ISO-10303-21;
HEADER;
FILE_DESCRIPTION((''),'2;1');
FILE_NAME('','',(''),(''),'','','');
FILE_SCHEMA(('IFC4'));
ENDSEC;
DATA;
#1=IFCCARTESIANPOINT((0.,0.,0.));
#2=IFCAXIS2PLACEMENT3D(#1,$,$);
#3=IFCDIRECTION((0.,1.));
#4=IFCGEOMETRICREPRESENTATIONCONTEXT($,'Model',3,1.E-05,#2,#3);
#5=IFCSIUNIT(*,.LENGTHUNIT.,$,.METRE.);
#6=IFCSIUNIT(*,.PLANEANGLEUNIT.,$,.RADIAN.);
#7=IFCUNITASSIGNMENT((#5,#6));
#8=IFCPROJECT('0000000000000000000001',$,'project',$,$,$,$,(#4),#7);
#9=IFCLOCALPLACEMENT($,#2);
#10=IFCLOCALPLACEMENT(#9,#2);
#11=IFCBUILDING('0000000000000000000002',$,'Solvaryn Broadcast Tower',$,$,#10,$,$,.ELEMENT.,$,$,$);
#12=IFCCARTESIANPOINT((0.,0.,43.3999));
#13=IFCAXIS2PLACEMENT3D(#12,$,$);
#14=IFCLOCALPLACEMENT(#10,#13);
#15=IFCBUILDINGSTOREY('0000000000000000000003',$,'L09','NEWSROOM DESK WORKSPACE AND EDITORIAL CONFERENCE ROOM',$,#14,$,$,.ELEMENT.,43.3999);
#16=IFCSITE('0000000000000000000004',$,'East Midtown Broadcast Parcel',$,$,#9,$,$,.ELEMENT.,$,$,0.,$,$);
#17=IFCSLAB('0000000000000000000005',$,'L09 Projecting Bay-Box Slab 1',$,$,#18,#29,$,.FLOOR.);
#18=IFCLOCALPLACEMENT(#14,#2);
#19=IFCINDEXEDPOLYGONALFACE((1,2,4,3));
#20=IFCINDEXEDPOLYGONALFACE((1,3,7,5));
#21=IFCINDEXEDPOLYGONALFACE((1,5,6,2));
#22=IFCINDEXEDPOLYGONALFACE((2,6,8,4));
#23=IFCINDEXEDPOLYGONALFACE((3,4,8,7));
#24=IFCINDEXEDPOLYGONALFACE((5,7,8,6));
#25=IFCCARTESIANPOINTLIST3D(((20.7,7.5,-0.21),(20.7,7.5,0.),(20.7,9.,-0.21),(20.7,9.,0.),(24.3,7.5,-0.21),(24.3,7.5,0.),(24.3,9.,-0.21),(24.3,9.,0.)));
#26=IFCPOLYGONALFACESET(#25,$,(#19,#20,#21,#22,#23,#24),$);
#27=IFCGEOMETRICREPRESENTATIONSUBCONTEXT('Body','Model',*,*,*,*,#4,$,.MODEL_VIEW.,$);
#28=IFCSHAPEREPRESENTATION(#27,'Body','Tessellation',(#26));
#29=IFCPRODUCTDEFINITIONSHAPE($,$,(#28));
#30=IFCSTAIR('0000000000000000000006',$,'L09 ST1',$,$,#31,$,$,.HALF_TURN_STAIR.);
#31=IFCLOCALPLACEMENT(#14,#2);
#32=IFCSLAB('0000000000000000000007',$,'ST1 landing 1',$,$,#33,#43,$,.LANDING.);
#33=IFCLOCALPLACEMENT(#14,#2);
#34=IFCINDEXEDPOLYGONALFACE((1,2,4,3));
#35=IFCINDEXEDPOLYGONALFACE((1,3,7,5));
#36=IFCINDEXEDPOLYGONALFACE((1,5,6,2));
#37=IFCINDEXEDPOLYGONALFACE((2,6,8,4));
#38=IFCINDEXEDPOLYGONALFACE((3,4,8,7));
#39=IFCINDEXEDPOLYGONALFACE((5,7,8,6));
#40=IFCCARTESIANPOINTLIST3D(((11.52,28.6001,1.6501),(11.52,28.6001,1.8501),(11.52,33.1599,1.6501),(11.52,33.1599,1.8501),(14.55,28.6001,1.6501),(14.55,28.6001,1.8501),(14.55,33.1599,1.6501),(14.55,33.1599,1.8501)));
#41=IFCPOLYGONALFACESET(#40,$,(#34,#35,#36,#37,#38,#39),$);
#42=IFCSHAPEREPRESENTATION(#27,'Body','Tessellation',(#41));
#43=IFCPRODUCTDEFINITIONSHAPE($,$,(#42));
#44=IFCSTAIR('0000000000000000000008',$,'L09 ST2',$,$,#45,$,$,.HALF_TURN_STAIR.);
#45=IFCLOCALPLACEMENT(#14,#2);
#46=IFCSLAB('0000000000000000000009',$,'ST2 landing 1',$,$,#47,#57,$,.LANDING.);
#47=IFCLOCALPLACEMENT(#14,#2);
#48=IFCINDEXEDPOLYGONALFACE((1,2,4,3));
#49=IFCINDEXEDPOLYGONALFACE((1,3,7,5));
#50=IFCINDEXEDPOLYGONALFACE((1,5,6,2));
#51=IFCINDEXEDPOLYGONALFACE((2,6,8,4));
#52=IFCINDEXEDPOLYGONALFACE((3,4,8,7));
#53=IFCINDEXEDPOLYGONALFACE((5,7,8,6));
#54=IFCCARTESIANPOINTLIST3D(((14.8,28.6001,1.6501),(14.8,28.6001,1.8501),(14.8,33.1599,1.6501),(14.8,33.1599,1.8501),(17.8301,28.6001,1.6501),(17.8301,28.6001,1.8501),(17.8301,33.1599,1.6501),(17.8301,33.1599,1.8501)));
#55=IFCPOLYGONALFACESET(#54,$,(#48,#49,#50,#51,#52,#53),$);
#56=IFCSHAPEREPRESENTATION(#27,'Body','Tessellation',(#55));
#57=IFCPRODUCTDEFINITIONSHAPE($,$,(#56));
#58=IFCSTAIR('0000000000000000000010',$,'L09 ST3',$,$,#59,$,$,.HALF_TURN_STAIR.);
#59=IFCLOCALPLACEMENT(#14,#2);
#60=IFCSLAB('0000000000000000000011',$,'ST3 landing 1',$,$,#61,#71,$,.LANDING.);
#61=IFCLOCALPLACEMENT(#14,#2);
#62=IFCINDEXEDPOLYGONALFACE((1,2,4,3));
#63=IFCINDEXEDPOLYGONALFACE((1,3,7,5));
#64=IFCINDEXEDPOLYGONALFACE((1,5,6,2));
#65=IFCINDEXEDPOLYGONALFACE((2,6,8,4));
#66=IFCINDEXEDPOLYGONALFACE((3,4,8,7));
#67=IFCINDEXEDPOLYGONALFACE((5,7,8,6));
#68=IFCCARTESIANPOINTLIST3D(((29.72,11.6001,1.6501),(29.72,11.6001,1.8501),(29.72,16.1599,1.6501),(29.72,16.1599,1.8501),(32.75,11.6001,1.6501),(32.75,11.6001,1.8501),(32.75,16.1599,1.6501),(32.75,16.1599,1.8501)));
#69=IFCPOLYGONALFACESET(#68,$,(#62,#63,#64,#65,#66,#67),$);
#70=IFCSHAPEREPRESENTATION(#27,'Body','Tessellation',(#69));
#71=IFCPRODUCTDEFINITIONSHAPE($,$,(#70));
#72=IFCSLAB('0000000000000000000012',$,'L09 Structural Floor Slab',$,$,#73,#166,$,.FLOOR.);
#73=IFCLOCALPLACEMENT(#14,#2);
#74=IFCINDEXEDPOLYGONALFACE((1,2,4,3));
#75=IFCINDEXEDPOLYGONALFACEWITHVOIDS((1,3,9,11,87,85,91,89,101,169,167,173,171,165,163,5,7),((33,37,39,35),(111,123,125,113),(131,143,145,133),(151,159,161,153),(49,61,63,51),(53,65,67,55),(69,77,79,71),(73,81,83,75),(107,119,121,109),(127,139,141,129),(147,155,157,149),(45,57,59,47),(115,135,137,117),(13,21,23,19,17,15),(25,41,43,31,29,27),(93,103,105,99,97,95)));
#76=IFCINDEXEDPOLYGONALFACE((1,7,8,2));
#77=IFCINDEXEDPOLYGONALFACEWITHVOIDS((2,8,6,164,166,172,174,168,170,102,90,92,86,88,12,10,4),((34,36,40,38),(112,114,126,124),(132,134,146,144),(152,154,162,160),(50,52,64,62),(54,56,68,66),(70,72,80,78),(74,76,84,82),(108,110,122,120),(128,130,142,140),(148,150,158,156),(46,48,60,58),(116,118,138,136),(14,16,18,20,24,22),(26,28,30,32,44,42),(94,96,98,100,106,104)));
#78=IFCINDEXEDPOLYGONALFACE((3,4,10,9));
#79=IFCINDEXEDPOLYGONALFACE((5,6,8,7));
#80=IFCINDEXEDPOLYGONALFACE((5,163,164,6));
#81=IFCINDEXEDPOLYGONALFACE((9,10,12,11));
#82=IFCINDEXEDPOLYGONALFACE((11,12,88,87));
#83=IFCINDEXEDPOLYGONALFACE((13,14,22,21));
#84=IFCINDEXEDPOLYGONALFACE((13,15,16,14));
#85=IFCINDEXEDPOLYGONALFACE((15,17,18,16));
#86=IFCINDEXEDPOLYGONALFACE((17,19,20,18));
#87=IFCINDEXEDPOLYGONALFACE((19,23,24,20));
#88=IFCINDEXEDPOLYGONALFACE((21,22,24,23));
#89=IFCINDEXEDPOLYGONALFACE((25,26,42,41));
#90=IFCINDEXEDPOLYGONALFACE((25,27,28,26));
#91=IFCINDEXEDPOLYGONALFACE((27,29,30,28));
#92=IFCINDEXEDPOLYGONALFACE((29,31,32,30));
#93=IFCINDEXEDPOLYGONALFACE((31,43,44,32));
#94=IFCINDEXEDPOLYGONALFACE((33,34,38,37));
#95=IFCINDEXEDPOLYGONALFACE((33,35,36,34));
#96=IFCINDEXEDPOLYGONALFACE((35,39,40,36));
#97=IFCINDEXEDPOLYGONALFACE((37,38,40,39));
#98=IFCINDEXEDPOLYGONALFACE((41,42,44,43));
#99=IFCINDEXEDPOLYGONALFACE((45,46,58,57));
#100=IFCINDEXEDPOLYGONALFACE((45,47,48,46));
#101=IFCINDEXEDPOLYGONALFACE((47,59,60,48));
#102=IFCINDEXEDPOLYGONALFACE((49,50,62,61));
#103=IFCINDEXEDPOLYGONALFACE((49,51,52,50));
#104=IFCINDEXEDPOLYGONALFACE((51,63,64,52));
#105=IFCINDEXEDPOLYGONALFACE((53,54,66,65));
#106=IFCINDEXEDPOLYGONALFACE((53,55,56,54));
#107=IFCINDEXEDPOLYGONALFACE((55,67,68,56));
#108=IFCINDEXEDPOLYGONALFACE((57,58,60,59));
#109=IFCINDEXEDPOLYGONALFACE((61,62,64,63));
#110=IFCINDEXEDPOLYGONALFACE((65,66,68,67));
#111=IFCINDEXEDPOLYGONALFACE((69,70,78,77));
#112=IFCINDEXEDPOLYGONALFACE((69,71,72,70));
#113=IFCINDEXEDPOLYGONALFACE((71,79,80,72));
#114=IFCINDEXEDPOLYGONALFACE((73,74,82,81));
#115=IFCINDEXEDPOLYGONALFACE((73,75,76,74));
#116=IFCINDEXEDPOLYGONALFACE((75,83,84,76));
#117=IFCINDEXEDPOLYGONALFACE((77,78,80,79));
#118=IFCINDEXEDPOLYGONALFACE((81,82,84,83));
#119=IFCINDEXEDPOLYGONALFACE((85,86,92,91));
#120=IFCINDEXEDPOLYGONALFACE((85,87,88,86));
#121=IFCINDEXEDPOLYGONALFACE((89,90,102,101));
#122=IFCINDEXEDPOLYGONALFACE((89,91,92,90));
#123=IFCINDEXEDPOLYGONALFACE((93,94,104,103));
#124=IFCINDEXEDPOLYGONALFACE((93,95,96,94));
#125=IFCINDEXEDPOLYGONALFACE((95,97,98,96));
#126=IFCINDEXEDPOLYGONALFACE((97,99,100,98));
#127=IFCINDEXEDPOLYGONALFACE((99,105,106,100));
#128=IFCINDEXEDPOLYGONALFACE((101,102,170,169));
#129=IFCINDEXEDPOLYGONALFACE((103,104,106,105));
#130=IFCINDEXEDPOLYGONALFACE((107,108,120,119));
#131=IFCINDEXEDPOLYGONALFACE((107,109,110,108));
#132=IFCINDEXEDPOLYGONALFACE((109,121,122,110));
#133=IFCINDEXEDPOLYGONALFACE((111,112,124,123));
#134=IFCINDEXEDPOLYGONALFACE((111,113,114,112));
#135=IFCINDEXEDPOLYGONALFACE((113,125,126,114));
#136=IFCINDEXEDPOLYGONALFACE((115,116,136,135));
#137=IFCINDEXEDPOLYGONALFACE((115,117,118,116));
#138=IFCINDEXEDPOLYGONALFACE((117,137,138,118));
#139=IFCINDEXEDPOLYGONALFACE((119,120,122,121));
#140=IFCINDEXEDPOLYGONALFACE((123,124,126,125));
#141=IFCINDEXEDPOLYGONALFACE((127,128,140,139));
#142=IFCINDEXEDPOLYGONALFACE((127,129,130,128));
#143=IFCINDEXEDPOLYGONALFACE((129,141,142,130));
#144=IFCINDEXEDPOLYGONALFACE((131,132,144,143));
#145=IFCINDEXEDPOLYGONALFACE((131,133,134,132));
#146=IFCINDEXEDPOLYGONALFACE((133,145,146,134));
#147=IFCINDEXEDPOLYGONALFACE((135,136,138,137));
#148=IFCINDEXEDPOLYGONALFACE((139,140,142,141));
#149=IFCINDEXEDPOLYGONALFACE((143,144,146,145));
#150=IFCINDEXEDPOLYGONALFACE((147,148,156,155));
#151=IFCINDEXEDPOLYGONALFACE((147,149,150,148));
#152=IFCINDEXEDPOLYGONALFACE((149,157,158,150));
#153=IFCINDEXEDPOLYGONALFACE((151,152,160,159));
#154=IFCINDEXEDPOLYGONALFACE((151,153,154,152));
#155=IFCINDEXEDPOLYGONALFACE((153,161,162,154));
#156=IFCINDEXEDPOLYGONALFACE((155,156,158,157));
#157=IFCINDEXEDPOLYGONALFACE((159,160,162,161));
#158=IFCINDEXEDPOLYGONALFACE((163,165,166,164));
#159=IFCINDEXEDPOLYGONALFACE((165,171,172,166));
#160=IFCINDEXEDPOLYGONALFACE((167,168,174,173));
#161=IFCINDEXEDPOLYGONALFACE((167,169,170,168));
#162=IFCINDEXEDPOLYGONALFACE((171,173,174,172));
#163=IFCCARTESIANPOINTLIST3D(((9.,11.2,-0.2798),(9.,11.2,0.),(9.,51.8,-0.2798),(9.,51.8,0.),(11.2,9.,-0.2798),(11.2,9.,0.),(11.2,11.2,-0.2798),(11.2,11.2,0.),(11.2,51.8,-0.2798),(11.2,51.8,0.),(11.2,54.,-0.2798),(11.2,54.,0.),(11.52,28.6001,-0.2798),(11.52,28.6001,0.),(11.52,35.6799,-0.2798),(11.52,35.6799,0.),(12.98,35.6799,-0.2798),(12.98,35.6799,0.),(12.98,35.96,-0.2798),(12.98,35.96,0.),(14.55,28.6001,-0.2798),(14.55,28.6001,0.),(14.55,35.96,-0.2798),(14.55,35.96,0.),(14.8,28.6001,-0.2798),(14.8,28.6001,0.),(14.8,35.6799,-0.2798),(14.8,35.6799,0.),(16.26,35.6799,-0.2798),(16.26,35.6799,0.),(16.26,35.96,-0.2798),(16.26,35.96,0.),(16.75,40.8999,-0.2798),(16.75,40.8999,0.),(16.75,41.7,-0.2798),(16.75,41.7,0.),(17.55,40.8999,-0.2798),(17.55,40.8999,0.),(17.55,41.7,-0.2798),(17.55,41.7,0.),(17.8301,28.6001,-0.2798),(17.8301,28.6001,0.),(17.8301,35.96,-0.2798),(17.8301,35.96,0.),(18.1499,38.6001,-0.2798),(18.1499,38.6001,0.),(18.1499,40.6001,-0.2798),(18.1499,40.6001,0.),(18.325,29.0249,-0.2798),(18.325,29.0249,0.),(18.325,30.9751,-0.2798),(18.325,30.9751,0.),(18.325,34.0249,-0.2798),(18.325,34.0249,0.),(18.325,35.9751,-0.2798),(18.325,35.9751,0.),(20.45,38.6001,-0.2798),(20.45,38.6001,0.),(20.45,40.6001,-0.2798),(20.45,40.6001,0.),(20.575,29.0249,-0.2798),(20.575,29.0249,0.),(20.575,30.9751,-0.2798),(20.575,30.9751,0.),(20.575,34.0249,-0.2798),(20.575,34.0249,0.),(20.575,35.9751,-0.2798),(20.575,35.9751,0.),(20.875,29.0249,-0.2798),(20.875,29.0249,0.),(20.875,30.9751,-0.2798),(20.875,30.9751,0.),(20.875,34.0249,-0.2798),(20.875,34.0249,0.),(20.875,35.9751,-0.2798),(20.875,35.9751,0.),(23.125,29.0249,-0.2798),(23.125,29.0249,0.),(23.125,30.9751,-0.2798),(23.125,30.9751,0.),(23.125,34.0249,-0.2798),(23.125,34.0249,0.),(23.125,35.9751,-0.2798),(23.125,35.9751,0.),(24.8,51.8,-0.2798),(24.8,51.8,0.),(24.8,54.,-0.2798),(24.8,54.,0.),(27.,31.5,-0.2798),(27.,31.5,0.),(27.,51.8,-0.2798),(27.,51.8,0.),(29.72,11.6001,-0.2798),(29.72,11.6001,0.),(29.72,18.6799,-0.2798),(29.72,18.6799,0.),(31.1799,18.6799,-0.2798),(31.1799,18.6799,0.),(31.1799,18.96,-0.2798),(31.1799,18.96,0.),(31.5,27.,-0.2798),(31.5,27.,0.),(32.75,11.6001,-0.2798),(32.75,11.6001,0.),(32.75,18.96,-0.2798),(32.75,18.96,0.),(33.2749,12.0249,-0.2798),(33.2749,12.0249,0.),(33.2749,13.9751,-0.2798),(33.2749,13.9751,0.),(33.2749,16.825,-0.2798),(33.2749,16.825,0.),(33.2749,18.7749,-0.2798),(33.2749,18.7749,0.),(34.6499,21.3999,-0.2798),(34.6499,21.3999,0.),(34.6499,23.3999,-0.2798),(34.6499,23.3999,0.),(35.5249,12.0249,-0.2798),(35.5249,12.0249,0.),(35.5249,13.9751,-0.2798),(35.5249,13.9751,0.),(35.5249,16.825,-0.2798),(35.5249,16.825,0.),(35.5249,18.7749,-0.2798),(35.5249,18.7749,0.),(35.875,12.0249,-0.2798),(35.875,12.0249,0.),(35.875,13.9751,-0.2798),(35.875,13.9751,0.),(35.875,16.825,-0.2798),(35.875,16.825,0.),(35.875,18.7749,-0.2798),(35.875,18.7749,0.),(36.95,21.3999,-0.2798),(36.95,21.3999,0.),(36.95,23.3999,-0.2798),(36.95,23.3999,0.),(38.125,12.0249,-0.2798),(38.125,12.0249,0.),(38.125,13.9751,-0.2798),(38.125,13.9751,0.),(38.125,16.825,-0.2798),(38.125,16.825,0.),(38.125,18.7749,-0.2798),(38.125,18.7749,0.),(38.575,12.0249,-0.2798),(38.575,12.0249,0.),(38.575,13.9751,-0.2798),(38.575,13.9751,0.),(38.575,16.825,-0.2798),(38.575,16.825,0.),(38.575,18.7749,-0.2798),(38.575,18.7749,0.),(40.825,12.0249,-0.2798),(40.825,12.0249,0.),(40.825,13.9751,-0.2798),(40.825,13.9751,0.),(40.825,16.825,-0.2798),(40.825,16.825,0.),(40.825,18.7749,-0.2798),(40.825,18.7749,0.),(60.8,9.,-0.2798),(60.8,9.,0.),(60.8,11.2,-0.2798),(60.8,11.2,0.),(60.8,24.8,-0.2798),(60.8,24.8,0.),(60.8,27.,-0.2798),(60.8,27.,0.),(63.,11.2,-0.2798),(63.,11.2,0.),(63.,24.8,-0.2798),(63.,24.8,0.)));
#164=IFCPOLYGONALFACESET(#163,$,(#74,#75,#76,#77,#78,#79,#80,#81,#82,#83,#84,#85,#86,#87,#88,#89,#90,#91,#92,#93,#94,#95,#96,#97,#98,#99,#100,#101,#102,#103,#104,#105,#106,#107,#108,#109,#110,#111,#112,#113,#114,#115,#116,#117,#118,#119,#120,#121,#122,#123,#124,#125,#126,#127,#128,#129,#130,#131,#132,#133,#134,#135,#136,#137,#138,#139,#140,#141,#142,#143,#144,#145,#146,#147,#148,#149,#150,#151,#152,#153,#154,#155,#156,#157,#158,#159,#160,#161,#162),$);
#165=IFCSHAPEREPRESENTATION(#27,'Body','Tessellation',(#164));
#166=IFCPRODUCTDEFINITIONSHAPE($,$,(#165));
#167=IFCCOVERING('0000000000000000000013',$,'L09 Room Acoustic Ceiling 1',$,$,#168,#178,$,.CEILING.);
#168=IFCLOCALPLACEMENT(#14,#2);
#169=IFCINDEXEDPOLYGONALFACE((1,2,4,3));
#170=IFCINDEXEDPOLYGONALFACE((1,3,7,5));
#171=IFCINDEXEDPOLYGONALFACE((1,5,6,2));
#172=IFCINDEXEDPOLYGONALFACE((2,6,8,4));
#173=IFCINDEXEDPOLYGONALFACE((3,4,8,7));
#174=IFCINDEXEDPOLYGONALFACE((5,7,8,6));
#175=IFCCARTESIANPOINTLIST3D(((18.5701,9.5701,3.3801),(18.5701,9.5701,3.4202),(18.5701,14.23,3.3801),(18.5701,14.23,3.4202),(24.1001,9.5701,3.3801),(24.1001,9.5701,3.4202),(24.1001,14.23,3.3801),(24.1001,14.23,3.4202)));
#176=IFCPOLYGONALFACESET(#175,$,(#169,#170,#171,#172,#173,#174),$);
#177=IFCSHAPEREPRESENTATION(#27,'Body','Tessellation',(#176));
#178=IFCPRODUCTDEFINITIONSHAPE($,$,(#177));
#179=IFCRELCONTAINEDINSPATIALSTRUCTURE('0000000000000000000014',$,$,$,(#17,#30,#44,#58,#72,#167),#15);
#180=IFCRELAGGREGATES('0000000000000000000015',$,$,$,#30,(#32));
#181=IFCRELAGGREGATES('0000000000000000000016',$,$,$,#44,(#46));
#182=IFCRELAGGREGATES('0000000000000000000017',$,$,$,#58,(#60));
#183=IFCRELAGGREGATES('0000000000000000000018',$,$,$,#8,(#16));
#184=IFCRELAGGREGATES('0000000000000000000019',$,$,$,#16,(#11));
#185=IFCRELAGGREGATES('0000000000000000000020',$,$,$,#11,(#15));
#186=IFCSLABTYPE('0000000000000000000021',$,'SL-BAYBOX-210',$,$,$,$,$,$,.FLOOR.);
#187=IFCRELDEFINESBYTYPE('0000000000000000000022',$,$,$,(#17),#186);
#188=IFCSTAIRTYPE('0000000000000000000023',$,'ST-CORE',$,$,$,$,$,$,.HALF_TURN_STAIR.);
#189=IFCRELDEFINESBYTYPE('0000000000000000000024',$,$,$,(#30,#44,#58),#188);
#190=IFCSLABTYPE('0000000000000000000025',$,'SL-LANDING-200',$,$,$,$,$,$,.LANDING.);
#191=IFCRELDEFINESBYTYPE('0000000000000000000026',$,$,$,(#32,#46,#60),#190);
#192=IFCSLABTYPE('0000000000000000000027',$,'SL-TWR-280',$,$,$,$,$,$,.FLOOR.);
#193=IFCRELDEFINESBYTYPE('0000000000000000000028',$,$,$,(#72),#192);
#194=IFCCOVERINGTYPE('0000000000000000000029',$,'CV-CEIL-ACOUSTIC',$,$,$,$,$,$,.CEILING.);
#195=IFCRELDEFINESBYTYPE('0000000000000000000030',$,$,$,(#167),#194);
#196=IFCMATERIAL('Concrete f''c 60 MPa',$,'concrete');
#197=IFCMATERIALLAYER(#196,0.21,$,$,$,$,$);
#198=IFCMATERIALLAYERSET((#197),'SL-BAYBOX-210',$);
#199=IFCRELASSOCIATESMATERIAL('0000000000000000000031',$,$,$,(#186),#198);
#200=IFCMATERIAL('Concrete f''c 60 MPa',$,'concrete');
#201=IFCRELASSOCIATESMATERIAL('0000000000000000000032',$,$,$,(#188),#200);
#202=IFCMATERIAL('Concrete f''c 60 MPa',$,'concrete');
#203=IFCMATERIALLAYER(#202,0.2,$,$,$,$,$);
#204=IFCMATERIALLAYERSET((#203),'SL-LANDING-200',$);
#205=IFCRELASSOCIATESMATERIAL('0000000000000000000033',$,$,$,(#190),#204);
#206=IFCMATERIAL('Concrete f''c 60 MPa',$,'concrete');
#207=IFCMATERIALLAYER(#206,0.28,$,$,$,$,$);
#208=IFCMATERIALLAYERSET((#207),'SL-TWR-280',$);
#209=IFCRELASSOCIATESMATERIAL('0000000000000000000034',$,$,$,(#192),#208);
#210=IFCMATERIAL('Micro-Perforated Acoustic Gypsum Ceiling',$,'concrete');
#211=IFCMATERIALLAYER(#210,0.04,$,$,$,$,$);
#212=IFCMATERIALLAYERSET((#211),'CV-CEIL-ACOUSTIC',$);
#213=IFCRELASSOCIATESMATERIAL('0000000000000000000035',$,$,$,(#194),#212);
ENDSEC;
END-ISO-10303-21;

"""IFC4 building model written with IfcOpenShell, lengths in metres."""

from ifc_helpers import new_model, si_unit, direction, frame, origin, place, context, subcontext, project, spatial, polyline, outline, extrude, material, layer, layer_set, type_object, element, aggregate, save


model = new_model("IFC4")

# Units and contexts
model_context = context("Model", 3, precision=1e-05, world=origin(), true_north=direction((0.0, 1.0)))
body_context = subcontext(model_context, "Body", "Model", "MODEL_VIEW")
ifc_project = project(units=[si_unit("LENGTHUNIT", "METRE"), si_unit("PLANEANGLEUNIT", "RADIAN")], contexts=[model_context])

# Site, building, storey
site_placement = place(None, origin())
site = spatial("IfcSite", under=ifc_project, at=site_placement, Name="East Midtown Broadcast Parcel", CompositionType="ELEMENT", RefElevation=0.0)
building_placement = place(site_placement, origin())
building = spatial("IfcBuilding", under=site, at=building_placement, Name="Solvaryn Broadcast Tower", CompositionType="ELEMENT")
storey_placement = place(building_placement, frame((0.0, 0.0, 43.3999)))
storey = spatial("IfcBuildingStorey", under=building, at=storey_placement, Name="L09", Description="NEWSROOM DESK WORKSPACE AND EDITORIAL CONFERENCE ROOM", CompositionType="ELEMENT", Elevation=43.3999)

# Slab
ifc_material_1 = material(Name="Concrete f'c 60 MPa", Category="concrete")
ifc_layer_1 = layer(ifc_material_1, 0.21)
ifc_layer_set_1 = layer_set([ifc_layer_1], Name="SL-BAYBOX-210")
slab_type_1 = type_object("IfcSlabType", Name="SL-BAYBOX-210", PredefinedType="FLOOR", material=ifc_layer_set_1)
slab_1_placement = place(storey_placement, frame((0.0, 0.0, -0.21)))
element("IfcSlab", 1, at=slab_1_placement, inside=storey, type_object=slab_type_1, Name="L09 Projecting Bay-Box Slab 1", PredefinedType="FLOOR", context=body_context, shape_type="SweptSolid", body=[
    extrude(outline(polyline([(20.7, 7.5), (24.3, 7.5), (24.3, 9.0), (20.7, 9.0), (20.7, 7.5)])), origin(), (0.0, 0.0, 1.0), 0.21),
])

# Stairs, slabs
ifc_material_2 = material(Name="Concrete f'c 60 MPa", Category="concrete")
stair_type = type_object("IfcStairType", Name="ST-CORE", PredefinedType="HALF_TURN_STAIR", material=ifc_material_2)
stair_1_placement = place(storey_placement, origin())
stair_1 = element("IfcStair", 2, at=stair_1_placement, inside=storey, type_object=stair_type, Name="L09 ST1", PredefinedType="HALF_TURN_STAIR")
ifc_material_3 = material(Name="Concrete f'c 60 MPa", Category="concrete")
ifc_layer_2 = layer(ifc_material_3, 0.2)
ifc_layer_set_2 = layer_set([ifc_layer_2], Name="SL-LANDING-200")
slab_type_2 = type_object("IfcSlabType", Name="SL-LANDING-200", PredefinedType="LANDING", material=ifc_layer_set_2)
slab_2_placement = place(storey_placement, frame((0.0, 0.0, 1.6501)))
slab_2 = element("IfcSlab", 3, at=slab_2_placement, type_object=slab_type_2, Name="ST1 landing 1", PredefinedType="LANDING", context=body_context, shape_type="SweptSolid", body=[
    extrude(outline(polyline([(11.52, 33.1599), (11.52, 28.6001), (14.55, 28.6001), (14.55, 33.1599), (11.52, 33.1599)])), origin(), (0.0, 0.0, 1.0), 0.2),
])
aggregate(stair_1, [slab_2])
stair_2_placement = place(storey_placement, origin())
stair_2 = element("IfcStair", 4, at=stair_2_placement, inside=storey, type_object=stair_type, Name="L09 ST2", PredefinedType="HALF_TURN_STAIR")
slab_3_placement = place(storey_placement, frame((0.0, 0.0, 1.6501)))
slab_3 = element("IfcSlab", 5, at=slab_3_placement, type_object=slab_type_2, Name="ST2 landing 1", PredefinedType="LANDING", context=body_context, shape_type="SweptSolid", body=[
    extrude(outline(polyline([(14.8, 33.1599), (14.8, 28.6001), (17.8301, 28.6001), (17.8301, 33.1599), (14.8, 33.1599)])), origin(), (0.0, 0.0, 1.0), 0.2),
])
aggregate(stair_2, [slab_3])
stair_3_placement = place(storey_placement, origin())
stair_3 = element("IfcStair", 6, at=stair_3_placement, inside=storey, type_object=stair_type, Name="L09 ST3", PredefinedType="HALF_TURN_STAIR")
slab_4_placement = place(storey_placement, frame((0.0, 0.0, 1.6501)))
slab_4 = element("IfcSlab", 7, at=slab_4_placement, type_object=slab_type_2, Name="ST3 landing 1", PredefinedType="LANDING", context=body_context, shape_type="SweptSolid", body=[
    extrude(outline(polyline([(29.72, 16.1599), (29.72, 11.6001), (32.75, 11.6001), (32.75, 16.1599), (29.72, 16.1599)])), origin(), (0.0, 0.0, 1.0), 0.2),
])
aggregate(stair_3, [slab_4])

# Slab
ifc_material_4 = material(Name="Concrete f'c 60 MPa", Category="concrete")
ifc_layer_3 = layer(ifc_material_4, 0.28)
ifc_layer_set_3 = layer_set([ifc_layer_3], Name="SL-TWR-280")
slab_type_3 = type_object("IfcSlabType", Name="SL-TWR-280", PredefinedType="FLOOR", material=ifc_layer_set_3)
slab_5_placement = place(storey_placement, frame((0.0, 0.0, -0.2798)))
element("IfcSlab", 8, at=slab_5_placement, inside=storey, type_object=slab_type_3, Name="L09 Structural Floor Slab", PredefinedType="FLOOR", context=body_context, shape_type="SweptSolid", body=[
    extrude(outline(polyline([(11.2, 9.0), (60.8, 9.0), (60.8, 11.2), (63.0, 11.2), (63.0, 24.8), (60.8, 24.8), (60.8, 27.0), (31.5, 27.0), (27.0, 31.5), (27.0, 51.8), (24.8, 51.8), (24.8, 54.0), (11.2, 54.0), (11.2, 51.8), (9.0, 51.8), (9.0, 11.2), (11.2, 11.2), (11.2, 9.0)]), holes=[polyline([(11.52, 28.6001), (14.55, 28.6001), (14.55, 35.96), (12.98, 35.96), (12.98, 35.6799), (11.52, 35.6799), (11.52, 28.6001)]), polyline([(14.8, 28.6001), (17.8301, 28.6001), (17.8301, 35.96), (16.26, 35.96), (16.26, 35.6799), (14.8, 35.6799), (14.8, 28.6001)]), polyline([(29.72, 11.6001), (32.75, 11.6001), (32.75, 18.96), (31.1799, 18.96), (31.1799, 18.6799), (29.72, 18.6799), (29.72, 11.6001)]), polyline([(18.1499, 38.6001), (20.45, 38.6001), (20.45, 40.6001), (18.1499, 40.6001), (18.1499, 38.6001)]), polyline([(18.325, 29.0249), (20.575, 29.0249), (20.575, 30.9751), (18.325, 30.9751), (18.325, 29.0249)]), polyline([(20.875, 29.0249), (23.125, 29.0249), (23.125, 30.9751), (20.875, 30.9751), (20.875, 29.0249)]), polyline([(18.325, 34.0249), (20.575, 34.0249), (20.575, 35.9751), (18.325, 35.9751), (18.325, 34.0249)]), polyline([(20.875, 34.0249), (23.125, 34.0249), (23.125, 35.9751), (20.875, 35.9751), (20.875, 34.0249)]), polyline([(34.6499, 21.3999), (36.95, 21.3999), (36.95, 23.3999), (34.6499, 23.3999), (34.6499, 21.3999)]), polyline([(33.2749, 12.0249), (35.5249, 12.0249), (35.5249, 13.9751), (33.2749, 13.9751), (33.2749, 12.0249)]), polyline([(35.875, 12.0249), (38.125, 12.0249), (38.125, 13.9751), (35.875, 13.9751), (35.875, 12.0249)]), polyline([(33.2749, 16.825), (35.5249, 16.825), (35.5249, 18.7749), (33.2749, 18.7749), (33.2749, 16.825)]), polyline([(35.875, 16.825), (38.125, 16.825), (38.125, 18.7749), (35.875, 18.7749), (35.875, 16.825)]), polyline([(38.575, 12.0249), (40.825, 12.0249), (40.825, 13.9751), (38.575, 13.9751), (38.575, 12.0249)]), polyline([(38.575, 16.825), (40.825, 16.825), (40.825, 18.7749), (38.575, 18.7749), (38.575, 16.825)]), polyline([(16.75, 40.8999), (17.55, 40.8999), (17.55, 41.7), (16.75, 41.7), (16.75, 40.8999)])]), origin(), (0.0, 0.0, 1.0), 0.2798),
])

# Covering
ifc_material_5 = material(Name="Micro-Perforated Acoustic Gypsum Ceiling", Category="concrete")
ifc_layer_4 = layer(ifc_material_5, 0.04)
ifc_layer_set_4 = layer_set([ifc_layer_4], Name="CV-CEIL-ACOUSTIC")
covering_type_1 = type_object("IfcCoveringType", Name="CV-CEIL-ACOUSTIC", PredefinedType="CEILING", material=ifc_layer_set_4)
covering_1_placement = place(storey_placement, frame((0.0, 0.0, 3.3801)))
element("IfcCovering", 9, at=covering_1_placement, inside=storey, type_object=covering_type_1, Name="L09 Room Acoustic Ceiling 1", PredefinedType="CEILING", context=body_context, shape_type="SweptSolid", body=[
    extrude(outline(polyline([(18.5701, 9.5701), (24.1001, 9.5701), (24.1001, 14.23), (18.5701, 14.23), (18.5701, 9.5701)])), origin(), (0.0, 0.0, 1.0), 0.04),
])

save(model, "model.ifc")
